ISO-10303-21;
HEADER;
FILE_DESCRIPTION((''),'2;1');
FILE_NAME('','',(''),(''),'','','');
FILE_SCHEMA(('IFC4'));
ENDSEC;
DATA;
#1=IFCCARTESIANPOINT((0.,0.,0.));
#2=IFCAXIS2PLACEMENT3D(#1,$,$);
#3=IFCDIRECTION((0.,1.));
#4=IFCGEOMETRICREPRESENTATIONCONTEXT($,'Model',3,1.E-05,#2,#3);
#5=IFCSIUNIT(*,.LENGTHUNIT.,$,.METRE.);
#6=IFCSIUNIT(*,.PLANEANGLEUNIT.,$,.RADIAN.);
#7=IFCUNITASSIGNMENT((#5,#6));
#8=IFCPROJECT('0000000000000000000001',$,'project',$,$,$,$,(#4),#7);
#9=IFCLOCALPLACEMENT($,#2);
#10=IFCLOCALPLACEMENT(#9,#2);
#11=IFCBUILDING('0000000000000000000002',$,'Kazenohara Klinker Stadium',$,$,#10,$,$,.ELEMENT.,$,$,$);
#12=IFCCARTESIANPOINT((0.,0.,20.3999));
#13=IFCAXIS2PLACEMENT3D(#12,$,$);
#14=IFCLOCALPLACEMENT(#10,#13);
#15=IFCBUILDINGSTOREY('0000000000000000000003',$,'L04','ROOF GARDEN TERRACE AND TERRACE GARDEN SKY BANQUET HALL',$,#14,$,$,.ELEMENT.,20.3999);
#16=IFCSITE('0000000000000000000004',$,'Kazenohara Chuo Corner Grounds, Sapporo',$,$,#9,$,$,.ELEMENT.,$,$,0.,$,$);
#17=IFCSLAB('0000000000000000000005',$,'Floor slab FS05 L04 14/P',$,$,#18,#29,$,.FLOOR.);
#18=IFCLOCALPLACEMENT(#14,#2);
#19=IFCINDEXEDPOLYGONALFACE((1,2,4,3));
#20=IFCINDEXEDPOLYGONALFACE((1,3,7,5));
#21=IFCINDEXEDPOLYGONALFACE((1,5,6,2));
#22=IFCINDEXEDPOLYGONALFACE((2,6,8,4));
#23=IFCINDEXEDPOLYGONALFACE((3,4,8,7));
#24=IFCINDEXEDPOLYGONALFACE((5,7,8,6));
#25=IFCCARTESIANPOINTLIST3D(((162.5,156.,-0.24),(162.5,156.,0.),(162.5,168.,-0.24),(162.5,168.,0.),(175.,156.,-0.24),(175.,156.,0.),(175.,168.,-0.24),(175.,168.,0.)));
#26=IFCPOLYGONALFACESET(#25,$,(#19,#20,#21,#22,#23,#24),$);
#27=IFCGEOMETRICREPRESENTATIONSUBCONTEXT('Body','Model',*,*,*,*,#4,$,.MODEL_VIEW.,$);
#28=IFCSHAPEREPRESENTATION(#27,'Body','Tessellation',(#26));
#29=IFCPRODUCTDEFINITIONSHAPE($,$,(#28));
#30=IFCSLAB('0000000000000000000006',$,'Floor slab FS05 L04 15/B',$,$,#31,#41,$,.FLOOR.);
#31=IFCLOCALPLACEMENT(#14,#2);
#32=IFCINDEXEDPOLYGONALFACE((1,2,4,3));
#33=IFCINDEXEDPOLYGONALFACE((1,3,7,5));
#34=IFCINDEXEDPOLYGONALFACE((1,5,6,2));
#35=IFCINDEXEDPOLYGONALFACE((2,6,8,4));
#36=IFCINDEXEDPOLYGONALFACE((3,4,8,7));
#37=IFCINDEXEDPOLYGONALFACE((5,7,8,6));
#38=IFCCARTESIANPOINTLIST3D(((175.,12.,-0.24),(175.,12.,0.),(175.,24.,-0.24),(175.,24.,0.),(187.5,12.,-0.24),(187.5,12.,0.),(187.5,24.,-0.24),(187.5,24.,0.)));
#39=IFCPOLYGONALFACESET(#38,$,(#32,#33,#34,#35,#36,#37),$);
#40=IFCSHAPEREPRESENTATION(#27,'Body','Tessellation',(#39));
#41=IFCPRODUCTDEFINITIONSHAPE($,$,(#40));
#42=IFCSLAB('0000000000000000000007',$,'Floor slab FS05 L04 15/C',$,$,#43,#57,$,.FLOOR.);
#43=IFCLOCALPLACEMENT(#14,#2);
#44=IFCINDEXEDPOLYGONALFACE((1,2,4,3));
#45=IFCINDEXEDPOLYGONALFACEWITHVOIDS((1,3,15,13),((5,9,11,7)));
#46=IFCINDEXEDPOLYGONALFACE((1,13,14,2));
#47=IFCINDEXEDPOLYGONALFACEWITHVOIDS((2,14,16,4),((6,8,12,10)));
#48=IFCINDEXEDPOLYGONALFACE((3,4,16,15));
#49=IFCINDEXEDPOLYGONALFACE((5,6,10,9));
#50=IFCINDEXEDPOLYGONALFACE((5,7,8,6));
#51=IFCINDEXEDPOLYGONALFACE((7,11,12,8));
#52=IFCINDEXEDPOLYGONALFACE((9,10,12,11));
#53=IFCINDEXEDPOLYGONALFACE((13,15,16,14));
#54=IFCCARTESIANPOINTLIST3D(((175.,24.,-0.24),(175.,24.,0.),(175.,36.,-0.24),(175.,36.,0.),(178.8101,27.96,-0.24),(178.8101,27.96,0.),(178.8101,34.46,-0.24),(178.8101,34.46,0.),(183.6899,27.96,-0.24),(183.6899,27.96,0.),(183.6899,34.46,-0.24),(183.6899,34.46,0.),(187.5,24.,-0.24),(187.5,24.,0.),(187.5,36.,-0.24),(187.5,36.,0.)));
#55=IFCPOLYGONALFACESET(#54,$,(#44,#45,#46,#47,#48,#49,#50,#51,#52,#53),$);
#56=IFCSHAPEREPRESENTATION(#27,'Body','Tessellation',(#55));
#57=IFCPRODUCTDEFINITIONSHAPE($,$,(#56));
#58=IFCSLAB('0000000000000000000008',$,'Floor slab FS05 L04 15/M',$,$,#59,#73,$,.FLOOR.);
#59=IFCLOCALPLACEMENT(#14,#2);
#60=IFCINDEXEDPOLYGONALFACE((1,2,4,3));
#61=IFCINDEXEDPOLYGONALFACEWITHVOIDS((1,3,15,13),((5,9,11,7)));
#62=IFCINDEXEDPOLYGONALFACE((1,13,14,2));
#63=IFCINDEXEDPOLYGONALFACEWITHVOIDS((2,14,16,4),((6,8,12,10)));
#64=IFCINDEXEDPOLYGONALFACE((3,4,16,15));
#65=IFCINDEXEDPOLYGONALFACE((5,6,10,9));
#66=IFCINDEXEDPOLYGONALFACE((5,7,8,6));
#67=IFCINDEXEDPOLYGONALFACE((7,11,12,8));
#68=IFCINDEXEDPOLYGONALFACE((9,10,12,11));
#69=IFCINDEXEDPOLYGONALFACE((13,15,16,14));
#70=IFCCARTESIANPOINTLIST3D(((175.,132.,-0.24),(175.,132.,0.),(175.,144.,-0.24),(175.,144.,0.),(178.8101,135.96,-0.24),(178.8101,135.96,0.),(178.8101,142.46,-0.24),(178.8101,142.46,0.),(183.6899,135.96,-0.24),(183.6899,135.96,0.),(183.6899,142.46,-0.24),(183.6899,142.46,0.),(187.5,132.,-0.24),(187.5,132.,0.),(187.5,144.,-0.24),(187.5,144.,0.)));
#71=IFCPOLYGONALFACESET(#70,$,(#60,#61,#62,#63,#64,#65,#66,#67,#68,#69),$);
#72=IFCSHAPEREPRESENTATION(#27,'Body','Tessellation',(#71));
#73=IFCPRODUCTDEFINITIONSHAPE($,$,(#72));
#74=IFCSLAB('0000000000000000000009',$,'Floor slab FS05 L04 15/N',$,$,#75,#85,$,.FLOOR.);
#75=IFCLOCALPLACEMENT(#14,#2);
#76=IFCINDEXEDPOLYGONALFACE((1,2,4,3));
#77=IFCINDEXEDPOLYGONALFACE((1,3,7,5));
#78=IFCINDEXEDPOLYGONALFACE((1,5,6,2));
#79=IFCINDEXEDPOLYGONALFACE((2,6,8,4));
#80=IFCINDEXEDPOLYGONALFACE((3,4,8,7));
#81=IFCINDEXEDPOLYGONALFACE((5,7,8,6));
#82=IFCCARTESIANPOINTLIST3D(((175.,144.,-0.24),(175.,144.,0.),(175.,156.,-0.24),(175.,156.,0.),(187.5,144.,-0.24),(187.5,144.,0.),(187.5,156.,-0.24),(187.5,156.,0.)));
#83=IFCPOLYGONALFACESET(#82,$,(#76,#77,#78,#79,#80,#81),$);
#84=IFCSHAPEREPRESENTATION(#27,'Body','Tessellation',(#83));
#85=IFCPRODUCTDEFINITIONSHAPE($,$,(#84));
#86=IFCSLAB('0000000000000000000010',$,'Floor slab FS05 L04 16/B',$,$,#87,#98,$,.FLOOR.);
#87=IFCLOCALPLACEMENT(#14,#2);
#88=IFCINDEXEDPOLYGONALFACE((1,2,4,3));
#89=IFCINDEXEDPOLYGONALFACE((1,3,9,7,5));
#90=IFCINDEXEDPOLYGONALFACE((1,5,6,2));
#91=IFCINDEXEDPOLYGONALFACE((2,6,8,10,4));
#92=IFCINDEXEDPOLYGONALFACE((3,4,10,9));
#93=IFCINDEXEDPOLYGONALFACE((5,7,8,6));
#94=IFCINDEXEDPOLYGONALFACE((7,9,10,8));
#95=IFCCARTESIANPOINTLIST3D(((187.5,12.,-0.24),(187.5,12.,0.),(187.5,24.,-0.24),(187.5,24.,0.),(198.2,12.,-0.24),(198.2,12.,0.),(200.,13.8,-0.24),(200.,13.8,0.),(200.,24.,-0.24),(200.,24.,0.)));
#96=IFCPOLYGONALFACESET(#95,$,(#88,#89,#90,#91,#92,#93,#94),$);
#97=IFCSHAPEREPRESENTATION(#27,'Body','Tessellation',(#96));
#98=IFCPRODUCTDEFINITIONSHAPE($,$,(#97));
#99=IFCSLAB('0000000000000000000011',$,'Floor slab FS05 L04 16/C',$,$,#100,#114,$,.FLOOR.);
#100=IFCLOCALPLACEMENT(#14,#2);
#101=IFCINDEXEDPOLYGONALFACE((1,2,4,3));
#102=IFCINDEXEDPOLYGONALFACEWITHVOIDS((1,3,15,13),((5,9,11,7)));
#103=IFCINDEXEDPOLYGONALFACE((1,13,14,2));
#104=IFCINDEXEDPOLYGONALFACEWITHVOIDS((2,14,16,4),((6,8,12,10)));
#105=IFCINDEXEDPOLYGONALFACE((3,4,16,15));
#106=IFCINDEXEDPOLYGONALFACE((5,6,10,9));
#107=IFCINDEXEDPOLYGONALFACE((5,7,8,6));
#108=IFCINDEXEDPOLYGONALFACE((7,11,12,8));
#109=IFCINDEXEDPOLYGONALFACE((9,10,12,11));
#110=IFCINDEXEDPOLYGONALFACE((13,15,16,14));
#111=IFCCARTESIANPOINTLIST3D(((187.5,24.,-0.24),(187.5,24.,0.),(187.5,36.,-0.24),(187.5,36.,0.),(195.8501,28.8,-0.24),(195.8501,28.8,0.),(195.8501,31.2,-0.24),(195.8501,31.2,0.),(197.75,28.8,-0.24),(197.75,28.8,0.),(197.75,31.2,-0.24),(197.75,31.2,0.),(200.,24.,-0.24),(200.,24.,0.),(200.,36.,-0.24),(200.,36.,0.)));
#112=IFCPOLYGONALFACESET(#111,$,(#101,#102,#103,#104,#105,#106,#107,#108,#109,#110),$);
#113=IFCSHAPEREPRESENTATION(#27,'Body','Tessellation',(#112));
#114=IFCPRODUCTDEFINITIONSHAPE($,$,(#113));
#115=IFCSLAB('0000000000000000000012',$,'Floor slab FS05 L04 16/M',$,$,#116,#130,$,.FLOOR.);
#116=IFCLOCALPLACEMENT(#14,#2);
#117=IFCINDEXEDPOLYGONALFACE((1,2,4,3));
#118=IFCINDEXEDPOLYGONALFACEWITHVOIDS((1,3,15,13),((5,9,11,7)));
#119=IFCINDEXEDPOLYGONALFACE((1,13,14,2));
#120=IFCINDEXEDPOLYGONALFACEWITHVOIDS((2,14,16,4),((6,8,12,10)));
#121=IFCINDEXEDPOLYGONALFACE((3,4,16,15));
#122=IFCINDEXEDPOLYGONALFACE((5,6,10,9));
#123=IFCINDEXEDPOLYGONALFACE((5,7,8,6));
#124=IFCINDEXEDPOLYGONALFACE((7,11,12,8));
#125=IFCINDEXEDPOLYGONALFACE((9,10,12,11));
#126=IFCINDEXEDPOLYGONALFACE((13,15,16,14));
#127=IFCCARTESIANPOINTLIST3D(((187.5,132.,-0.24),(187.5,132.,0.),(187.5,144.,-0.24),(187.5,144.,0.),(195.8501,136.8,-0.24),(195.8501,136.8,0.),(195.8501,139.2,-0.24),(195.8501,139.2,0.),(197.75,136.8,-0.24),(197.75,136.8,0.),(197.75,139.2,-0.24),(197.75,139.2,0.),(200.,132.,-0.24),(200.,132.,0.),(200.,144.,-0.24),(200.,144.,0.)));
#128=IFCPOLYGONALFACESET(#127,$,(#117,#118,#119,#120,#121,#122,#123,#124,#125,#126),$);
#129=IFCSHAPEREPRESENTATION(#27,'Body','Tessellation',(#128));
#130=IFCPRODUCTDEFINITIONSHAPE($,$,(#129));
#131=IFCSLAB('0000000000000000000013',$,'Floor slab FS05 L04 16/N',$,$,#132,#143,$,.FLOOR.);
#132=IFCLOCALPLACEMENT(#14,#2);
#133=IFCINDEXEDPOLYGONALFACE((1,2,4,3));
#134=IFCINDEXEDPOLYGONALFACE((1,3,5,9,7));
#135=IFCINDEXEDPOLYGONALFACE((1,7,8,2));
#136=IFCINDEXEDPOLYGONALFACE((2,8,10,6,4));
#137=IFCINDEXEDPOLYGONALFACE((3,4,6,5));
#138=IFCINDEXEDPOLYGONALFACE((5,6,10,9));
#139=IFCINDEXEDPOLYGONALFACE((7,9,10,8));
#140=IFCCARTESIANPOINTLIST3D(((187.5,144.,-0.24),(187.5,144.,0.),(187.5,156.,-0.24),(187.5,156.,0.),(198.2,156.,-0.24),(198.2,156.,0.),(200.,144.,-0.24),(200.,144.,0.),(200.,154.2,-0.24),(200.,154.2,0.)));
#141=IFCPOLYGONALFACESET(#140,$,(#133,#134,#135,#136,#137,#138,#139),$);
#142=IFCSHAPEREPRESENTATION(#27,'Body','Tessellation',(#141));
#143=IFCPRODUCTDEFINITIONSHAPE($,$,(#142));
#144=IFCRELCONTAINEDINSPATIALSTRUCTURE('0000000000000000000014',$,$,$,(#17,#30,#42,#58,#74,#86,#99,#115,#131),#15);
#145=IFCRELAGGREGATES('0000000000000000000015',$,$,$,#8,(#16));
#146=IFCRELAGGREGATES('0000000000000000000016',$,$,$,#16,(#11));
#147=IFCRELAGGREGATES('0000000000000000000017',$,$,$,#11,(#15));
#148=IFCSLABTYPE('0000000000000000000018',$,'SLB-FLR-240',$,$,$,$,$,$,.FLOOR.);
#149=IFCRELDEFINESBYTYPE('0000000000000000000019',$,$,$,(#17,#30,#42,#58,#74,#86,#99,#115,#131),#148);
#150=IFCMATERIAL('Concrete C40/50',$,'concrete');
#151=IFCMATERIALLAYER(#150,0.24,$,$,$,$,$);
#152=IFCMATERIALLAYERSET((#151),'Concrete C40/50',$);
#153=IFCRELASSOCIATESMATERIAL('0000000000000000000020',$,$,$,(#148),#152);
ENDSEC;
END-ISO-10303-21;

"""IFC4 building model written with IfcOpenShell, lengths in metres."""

from ifc_helpers import new_model, si_unit, direction, frame, origin, place, context, subcontext, project, spatial, polyline, outline, extrude, material, layer, layer_set, type_object, element, save


model = new_model("IFC4")

# Units and contexts
model_context = context("Model", 3, precision=1e-05, world=origin(), true_north=direction((0.0, 1.0)))
body_context = subcontext(model_context, "Body", "Model", "MODEL_VIEW")
ifc_project = project(units=[si_unit("LENGTHUNIT", "METRE"), si_unit("PLANEANGLEUNIT", "RADIAN")], contexts=[model_context])

# Site, building, storey
site_placement = place(None, origin())
site = spatial("IfcSite", under=ifc_project, at=site_placement, Name="Kazenohara Chuo Corner Grounds, Sapporo", CompositionType="ELEMENT", RefElevation=0.0)
building_placement = place(site_placement, origin())
building = spatial("IfcBuilding", under=site, at=building_placement, Name="Kazenohara Klinker Stadium", CompositionType="ELEMENT")
storey_placement = place(building_placement, frame((0.0, 0.0, 20.3999)))
storey = spatial("IfcBuildingStorey", under=building, at=storey_placement, Name="L04", Description="ROOF GARDEN TERRACE AND TERRACE GARDEN SKY BANQUET HALL", CompositionType="ELEMENT", Elevation=20.3999)

# Slabs
ifc_material = material(Name="Concrete C40/50", Category="concrete")
ifc_layer = layer(ifc_material, 0.24)
ifc_layer_set = layer_set([ifc_layer], Name="Concrete C40/50")
slab_type = type_object("IfcSlabType", Name="SLB-FLR-240", PredefinedType="FLOOR", material=ifc_layer_set)
slab_1_placement = place(storey_placement, frame((0.0, 0.0, -0.24)))
element("IfcSlab", 1, at=slab_1_placement, inside=storey, type_object=slab_type, Name="Floor slab FS05 L04 14/P", PredefinedType="FLOOR", context=body_context, shape_type="SweptSolid", body=[
    extrude(outline(polyline([(162.5, 156.0), (175.0, 156.0), (175.0, 168.0), (162.5, 168.0), (162.5, 156.0)])), origin(), (0.0, 0.0, 1.0), 0.24),
])
slab_2_placement = place(storey_placement, frame((0.0, 0.0, -0.24)))
element("IfcSlab", 2, at=slab_2_placement, inside=storey, type_object=slab_type, Name="Floor slab FS05 L04 15/B", PredefinedType="FLOOR", context=body_context, shape_type="SweptSolid", body=[
    extrude(outline(polyline([(175.0, 12.0), (187.5, 12.0), (187.5, 24.0), (175.0, 24.0), (175.0, 12.0)])), origin(), (0.0, 0.0, 1.0), 0.24),
])
slab_3_placement = place(storey_placement, frame((0.0, 0.0, -0.24)))
element("IfcSlab", 3, at=slab_3_placement, inside=storey, type_object=slab_type, Name="Floor slab FS05 L04 15/C", PredefinedType="FLOOR", context=body_context, shape_type="SweptSolid", body=[
    extrude(outline(polyline([(175.0, 24.0), (187.5, 24.0), (187.5, 36.0), (175.0, 36.0), (175.0, 24.0)]), holes=[polyline([(183.6899, 27.96), (183.6899, 34.46), (178.8101, 34.46), (178.8101, 27.96), (183.6899, 27.96)])]), origin(), (0.0, 0.0, 1.0), 0.24),
])
slab_4_placement = place(storey_placement, frame((0.0, 0.0, -0.24)))
element("IfcSlab", 4, at=slab_4_placement, inside=storey, type_object=slab_type, Name="Floor slab FS05 L04 15/M", PredefinedType="FLOOR", context=body_context, shape_type="SweptSolid", body=[
    extrude(outline(polyline([(175.0, 132.0), (187.5, 132.0), (187.5, 144.0), (175.0, 144.0), (175.0, 132.0)]), holes=[polyline([(183.6899, 135.96), (183.6899, 142.46), (178.8101, 142.46), (178.8101, 135.96), (183.6899, 135.96)])]), origin(), (0.0, 0.0, 1.0), 0.24),
])
slab_5_placement = place(storey_placement, frame((0.0, 0.0, -0.24)))
element("IfcSlab", 5, at=slab_5_placement, inside=storey, type_object=slab_type, Name="Floor slab FS05 L04 15/N", PredefinedType="FLOOR", context=body_context, shape_type="SweptSolid", body=[
    extrude(outline(polyline([(175.0, 144.0), (187.5, 144.0), (187.5, 156.0), (175.0, 156.0), (175.0, 144.0)])), origin(), (0.0, 0.0, 1.0), 0.24),
])
slab_6_placement = place(storey_placement, frame((0.0, 0.0, -0.24)))
element("IfcSlab", 6, at=slab_6_placement, inside=storey, type_object=slab_type, Name="Floor slab FS05 L04 16/B", PredefinedType="FLOOR", context=body_context, shape_type="SweptSolid", body=[
    extrude(outline(polyline([(187.5, 12.0), (198.2, 12.0), (200.0, 13.8), (200.0, 24.0), (187.5, 24.0), (187.5, 12.0)])), origin(), (0.0, 0.0, 1.0), 0.24),
])
slab_7_placement = place(storey_placement, frame((0.0, 0.0, -0.24)))
element("IfcSlab", 7, at=slab_7_placement, inside=storey, type_object=slab_type, Name="Floor slab FS05 L04 16/C", PredefinedType="FLOOR", context=body_context, shape_type="SweptSolid", body=[
    extrude(outline(polyline([(187.5, 24.0), (200.0, 24.0), (200.0, 36.0), (187.5, 36.0), (187.5, 24.0)]), holes=[polyline([(195.8501, 28.8), (197.75, 28.8), (197.75, 31.2), (195.8501, 31.2), (195.8501, 28.8)])]), origin(), (0.0, 0.0, 1.0), 0.24),
])
slab_8_placement = place(storey_placement, frame((0.0, 0.0, -0.24)))
element("IfcSlab", 8, at=slab_8_placement, inside=storey, type_object=slab_type, Name="Floor slab FS05 L04 16/M", PredefinedType="FLOOR", context=body_context, shape_type="SweptSolid", body=[
    extrude(outline(polyline([(187.5, 132.0), (200.0, 132.0), (200.0, 144.0), (187.5, 144.0), (187.5, 132.0)]), holes=[polyline([(195.8501, 136.8), (197.75, 136.8), (197.75, 139.2), (195.8501, 139.2), (195.8501, 136.8)])]), origin(), (0.0, 0.0, 1.0), 0.24),
])
slab_9_placement = place(storey_placement, frame((0.0, 0.0, -0.24)))
element("IfcSlab", 9, at=slab_9_placement, inside=storey, type_object=slab_type, Name="Floor slab FS05 L04 16/N", PredefinedType="FLOOR", context=body_context, shape_type="SweptSolid", body=[
    extrude(outline(polyline([(187.5, 144.0), (200.0, 144.0), (200.0, 154.2), (198.2, 156.0), (187.5, 156.0), (187.5, 144.0)])), origin(), (0.0, 0.0, 1.0), 0.24),
])

save(model, "model.ifc")
